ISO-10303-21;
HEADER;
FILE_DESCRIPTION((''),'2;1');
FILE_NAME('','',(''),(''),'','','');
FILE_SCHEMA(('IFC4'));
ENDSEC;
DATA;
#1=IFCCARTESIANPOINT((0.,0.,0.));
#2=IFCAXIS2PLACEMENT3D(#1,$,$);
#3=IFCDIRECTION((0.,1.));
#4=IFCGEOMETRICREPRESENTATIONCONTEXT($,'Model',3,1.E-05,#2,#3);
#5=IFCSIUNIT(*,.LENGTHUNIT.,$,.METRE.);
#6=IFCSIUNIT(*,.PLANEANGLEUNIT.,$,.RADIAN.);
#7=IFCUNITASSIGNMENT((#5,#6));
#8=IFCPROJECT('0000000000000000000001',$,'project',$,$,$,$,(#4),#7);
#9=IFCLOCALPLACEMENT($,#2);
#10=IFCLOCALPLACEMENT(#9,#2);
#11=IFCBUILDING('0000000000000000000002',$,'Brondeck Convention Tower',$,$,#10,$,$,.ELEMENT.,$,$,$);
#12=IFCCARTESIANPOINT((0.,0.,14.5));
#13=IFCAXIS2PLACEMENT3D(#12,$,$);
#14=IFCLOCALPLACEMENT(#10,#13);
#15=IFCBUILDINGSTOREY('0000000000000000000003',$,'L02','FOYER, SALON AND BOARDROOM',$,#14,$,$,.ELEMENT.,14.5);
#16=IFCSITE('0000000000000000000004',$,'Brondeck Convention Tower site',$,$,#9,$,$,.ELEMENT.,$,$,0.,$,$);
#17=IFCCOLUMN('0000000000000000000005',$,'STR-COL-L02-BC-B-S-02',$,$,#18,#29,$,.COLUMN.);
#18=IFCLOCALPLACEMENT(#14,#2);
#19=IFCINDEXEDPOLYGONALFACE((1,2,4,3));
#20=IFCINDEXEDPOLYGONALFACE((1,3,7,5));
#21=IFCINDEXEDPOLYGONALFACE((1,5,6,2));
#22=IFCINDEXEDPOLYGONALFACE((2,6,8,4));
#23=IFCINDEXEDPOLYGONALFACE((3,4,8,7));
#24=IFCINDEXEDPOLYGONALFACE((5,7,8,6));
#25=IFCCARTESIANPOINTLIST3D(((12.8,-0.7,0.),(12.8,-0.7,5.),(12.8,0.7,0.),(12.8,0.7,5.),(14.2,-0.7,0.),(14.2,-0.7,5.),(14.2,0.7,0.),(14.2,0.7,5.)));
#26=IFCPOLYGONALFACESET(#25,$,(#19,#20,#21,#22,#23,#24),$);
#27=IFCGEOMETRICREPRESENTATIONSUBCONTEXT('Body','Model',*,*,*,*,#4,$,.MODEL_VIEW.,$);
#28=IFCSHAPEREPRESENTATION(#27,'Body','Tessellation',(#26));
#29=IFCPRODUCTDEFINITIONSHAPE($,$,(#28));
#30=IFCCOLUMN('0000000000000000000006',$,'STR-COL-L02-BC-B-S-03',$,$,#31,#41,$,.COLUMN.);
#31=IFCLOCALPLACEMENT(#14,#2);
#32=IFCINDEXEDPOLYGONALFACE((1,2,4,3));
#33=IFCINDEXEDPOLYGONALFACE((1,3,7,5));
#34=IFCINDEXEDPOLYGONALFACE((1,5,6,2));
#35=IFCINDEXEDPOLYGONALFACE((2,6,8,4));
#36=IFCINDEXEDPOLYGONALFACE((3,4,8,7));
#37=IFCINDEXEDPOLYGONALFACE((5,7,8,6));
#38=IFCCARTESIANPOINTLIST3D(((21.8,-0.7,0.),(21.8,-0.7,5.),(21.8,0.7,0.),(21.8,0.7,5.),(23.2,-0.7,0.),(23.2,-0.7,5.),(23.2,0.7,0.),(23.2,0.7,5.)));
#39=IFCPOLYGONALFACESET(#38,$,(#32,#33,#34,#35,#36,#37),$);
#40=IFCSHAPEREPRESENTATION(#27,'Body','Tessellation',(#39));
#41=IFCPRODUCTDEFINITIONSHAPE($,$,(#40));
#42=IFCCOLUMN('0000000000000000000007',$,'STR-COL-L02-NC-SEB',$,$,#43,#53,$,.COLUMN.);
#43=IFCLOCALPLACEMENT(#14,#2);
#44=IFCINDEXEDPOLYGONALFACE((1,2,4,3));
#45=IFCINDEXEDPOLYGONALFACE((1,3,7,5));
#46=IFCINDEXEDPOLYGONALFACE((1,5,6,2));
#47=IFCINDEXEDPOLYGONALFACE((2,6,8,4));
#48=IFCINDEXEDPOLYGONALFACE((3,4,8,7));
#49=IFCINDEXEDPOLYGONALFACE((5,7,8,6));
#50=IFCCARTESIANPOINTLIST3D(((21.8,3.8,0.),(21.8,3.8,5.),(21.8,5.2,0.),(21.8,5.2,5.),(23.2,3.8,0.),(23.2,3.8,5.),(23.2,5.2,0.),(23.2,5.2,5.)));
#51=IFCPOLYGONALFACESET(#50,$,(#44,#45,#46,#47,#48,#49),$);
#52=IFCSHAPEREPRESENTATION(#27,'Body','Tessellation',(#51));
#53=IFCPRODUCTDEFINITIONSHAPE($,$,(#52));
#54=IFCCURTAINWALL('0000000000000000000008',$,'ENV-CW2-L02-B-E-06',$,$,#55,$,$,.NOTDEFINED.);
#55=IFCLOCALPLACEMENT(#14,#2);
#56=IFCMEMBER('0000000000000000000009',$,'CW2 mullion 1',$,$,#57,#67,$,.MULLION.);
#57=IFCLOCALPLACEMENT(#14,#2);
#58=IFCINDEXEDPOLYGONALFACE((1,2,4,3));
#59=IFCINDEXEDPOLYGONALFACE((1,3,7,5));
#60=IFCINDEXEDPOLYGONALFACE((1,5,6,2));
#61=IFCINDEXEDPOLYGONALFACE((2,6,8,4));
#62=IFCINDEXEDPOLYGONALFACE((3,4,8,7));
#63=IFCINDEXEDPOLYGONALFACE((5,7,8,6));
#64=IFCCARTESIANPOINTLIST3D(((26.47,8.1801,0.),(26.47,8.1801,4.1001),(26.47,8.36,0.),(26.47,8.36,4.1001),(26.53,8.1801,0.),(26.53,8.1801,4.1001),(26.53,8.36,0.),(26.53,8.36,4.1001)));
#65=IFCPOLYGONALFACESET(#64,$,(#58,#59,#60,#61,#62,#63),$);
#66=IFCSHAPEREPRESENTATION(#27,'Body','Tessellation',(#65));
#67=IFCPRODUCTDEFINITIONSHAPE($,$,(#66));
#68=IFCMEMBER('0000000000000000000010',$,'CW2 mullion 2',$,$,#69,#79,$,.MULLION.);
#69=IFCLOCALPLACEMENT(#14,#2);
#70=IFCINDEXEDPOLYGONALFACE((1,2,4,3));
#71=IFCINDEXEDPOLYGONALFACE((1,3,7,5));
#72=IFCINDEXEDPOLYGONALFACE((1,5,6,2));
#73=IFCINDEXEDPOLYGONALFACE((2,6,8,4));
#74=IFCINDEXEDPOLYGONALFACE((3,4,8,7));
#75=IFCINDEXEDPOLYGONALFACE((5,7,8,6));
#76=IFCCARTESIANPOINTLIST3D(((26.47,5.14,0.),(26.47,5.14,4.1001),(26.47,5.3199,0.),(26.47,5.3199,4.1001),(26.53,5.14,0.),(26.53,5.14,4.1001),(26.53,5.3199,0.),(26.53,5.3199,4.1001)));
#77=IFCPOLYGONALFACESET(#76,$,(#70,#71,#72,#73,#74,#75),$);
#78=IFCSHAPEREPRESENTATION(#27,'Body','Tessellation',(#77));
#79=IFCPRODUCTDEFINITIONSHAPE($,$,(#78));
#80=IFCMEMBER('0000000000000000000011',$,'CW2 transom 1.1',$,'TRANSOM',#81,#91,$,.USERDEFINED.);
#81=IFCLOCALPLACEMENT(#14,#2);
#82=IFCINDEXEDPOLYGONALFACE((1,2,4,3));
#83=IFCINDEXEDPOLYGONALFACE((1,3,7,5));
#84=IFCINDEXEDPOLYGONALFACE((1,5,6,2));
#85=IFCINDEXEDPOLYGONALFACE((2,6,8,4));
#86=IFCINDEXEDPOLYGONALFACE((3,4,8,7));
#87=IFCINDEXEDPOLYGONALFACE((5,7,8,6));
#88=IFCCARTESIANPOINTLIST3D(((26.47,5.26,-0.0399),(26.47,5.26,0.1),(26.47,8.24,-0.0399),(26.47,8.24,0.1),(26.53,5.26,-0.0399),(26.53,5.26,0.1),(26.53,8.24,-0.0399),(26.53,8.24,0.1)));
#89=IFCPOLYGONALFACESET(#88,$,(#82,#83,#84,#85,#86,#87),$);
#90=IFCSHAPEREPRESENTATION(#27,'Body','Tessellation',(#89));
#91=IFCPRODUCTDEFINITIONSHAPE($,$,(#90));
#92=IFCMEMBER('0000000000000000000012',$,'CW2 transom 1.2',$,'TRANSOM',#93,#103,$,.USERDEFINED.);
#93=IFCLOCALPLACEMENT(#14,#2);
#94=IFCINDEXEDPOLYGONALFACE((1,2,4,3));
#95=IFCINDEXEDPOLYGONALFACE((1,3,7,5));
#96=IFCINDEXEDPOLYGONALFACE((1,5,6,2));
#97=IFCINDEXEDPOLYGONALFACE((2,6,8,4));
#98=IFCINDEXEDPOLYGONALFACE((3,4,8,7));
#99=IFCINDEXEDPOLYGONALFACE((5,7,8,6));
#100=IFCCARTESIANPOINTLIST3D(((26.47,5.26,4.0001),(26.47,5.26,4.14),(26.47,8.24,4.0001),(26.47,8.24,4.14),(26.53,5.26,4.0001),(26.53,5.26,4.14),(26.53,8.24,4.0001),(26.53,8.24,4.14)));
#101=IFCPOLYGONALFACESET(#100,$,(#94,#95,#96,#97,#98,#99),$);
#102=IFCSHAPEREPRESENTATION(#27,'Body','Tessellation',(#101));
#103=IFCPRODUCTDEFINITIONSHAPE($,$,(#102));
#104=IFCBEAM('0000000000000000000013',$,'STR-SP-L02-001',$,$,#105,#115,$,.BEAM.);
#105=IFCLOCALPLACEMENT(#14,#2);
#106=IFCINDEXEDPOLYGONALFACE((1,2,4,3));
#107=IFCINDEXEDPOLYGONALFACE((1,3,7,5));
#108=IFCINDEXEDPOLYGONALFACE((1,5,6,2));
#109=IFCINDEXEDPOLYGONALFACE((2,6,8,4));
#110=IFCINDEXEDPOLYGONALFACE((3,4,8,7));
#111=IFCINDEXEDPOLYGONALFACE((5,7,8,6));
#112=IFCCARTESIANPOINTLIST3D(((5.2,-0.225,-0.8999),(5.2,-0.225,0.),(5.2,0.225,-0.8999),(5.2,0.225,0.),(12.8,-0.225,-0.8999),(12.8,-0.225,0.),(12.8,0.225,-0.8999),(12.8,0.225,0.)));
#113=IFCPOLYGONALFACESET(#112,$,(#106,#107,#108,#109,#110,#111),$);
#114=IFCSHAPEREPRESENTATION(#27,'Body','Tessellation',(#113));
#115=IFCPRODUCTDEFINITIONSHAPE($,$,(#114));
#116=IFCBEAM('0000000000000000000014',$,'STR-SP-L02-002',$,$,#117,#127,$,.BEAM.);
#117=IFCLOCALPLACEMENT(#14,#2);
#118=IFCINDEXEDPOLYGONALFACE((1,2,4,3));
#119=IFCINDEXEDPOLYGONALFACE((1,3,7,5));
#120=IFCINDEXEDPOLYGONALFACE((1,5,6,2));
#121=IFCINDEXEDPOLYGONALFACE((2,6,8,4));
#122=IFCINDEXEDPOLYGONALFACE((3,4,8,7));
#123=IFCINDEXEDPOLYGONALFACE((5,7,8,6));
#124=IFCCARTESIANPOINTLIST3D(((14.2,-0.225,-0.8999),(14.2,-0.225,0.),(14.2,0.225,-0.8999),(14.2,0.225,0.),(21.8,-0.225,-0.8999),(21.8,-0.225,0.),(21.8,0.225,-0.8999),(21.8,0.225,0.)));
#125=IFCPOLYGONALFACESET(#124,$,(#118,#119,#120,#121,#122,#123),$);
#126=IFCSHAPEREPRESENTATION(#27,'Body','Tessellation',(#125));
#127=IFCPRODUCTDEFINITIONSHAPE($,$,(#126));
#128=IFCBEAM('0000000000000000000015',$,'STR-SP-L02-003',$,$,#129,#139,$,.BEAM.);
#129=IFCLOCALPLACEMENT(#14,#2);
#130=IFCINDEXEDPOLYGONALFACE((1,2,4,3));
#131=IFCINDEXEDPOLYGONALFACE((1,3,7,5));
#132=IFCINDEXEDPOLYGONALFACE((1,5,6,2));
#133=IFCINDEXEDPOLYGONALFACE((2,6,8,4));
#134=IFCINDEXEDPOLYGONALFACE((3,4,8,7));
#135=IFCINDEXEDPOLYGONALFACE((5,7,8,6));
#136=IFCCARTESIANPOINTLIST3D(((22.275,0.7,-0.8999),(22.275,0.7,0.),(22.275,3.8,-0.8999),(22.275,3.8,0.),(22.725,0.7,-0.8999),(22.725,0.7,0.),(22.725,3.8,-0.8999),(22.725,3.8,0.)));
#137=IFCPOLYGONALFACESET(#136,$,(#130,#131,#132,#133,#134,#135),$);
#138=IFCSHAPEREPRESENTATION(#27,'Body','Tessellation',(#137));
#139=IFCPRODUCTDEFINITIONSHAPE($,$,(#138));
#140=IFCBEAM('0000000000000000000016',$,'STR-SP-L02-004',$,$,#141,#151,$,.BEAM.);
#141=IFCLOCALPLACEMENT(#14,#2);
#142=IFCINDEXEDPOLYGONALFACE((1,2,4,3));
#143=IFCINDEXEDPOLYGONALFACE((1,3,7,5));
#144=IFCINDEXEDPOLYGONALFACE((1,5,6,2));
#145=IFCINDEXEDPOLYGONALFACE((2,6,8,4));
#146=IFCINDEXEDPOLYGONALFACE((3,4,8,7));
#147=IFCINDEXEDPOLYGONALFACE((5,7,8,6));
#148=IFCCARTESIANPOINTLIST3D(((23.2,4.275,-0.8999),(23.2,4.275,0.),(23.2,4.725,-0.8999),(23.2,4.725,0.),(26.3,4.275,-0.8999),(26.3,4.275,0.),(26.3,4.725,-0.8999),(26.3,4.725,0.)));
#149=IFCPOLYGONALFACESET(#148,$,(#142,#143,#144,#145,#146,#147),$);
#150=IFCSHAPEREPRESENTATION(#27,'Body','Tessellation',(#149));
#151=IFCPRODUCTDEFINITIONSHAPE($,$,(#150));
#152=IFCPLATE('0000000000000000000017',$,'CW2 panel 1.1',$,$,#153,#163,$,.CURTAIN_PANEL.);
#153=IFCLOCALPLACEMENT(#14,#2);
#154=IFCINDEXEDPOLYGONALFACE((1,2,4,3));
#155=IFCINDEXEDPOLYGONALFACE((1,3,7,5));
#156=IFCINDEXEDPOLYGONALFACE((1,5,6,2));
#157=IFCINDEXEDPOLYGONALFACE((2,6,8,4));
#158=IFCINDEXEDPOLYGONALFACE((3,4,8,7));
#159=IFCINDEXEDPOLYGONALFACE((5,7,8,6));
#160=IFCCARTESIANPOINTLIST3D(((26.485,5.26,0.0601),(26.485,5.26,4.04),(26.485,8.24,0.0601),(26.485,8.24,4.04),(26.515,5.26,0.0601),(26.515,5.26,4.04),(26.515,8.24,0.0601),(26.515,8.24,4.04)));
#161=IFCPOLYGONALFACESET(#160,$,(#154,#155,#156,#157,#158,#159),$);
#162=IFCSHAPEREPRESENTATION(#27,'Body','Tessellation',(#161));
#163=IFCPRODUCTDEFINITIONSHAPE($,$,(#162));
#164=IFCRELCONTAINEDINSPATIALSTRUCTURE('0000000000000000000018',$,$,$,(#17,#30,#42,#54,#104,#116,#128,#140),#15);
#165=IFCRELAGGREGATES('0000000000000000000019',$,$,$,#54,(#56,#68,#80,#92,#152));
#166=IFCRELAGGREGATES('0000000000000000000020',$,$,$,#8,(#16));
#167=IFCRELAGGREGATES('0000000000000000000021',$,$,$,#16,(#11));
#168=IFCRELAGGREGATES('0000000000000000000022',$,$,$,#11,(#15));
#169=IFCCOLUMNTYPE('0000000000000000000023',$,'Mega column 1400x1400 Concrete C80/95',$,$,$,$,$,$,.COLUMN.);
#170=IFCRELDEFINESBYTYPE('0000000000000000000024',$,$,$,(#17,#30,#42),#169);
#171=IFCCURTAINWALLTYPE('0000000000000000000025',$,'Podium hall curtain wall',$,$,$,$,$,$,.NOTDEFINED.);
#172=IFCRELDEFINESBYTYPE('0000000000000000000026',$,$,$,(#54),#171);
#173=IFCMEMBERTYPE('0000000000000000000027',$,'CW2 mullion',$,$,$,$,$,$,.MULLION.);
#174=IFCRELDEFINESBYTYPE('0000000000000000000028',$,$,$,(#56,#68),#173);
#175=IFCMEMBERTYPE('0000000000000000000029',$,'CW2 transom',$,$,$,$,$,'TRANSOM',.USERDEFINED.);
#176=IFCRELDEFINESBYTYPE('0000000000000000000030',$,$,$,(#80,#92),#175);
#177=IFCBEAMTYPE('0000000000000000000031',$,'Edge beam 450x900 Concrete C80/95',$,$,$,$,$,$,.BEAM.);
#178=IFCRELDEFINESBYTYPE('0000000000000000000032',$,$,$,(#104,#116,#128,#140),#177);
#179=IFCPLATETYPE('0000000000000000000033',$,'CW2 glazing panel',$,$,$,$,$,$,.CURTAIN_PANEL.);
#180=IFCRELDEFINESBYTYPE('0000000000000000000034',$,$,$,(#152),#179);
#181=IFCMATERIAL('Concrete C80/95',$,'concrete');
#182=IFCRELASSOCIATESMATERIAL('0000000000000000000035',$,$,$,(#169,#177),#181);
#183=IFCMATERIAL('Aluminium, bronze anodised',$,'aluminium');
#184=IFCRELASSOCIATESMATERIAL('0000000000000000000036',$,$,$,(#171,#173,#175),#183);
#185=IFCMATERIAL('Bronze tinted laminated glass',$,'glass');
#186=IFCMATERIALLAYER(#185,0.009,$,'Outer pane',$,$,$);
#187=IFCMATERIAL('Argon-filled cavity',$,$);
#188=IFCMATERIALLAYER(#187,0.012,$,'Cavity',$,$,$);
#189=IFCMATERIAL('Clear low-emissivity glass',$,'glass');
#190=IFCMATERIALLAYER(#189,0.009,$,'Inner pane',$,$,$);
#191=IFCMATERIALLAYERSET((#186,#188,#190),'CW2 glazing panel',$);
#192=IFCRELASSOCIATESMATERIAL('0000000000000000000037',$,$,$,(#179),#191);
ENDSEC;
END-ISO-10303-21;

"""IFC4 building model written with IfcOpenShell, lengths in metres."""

from ifc_helpers import new_model, si_unit, direction, frame, origin, origin_2d, place, context, subcontext, project, spatial, rectangle, extrude, material, layer, layer_set, material_profile, profile_set, type_object, element, aggregate, save


model = new_model("IFC4")

# Units and contexts
model_context = context("Model", 3, precision=1e-05, world=origin(), true_north=direction((0.0, 1.0)))
body_context = subcontext(model_context, "Body", "Model", "MODEL_VIEW")
ifc_project = project(units=[si_unit("LENGTHUNIT", "METRE"), si_unit("PLANEANGLEUNIT", "RADIAN")], contexts=[model_context])

# Site, building, storey
site_placement = place(None, origin())
site = spatial("IfcSite", under=ifc_project, at=site_placement, Name="Brondeck Convention Tower site", CompositionType="ELEMENT", RefElevation=0.0)
building_placement = place(site_placement, origin())
building = spatial("IfcBuilding", under=site, at=building_placement, Name="Brondeck Convention Tower", CompositionType="ELEMENT")
storey_placement = place(building_placement, frame((0.0, 0.0, 14.5)))
storey = spatial("IfcBuildingStorey", under=building, at=storey_placement, Name="L02", Description="FOYER, SALON AND BOARDROOM", CompositionType="ELEMENT", Elevation=14.5)

# Columns
ifc_material_1 = material(Name="Concrete C80/95", Category="concrete")
ifc_material_profile_1 = material_profile(ifc_material_1, rectangle(XDim=1.3999, YDim=1.3999, at=origin_2d()), Name="Mega column 1400x1400 Concrete C80/95")
ifc_profile_set_1 = profile_set([ifc_material_profile_1], Name="Concrete C80/95")
column_type = type_object("IfcColumnType", Name="Mega column 1400x1400 Concrete C80/95", PredefinedType="COLUMN", material=ifc_profile_set_1)
for number, where, z_axis, x_axis, name in (
    (1, (13.5, 0.0, 0.0), (0.0, 0.0, 1.0), (1.0, 0.0, 0.0), "STR-COL-L02-BC-B-S-02"),
    (2, (22.5, 0.0, 0.0), (0.0, 0.0, 1.0), (1.0, 0.0, 0.0), "STR-COL-L02-BC-B-S-03"),
    (3, (22.5, 4.5, 0.0), (0.0, 0.0, 1.0), (1.0, 0.0, 0.0), "STR-COL-L02-NC-SEB"),
):
    element("IfcColumn", number, at=place(storey_placement, frame(where, z_axis=z_axis, x_axis=x_axis)), inside=storey, type_object=column_type, Name=name, PredefinedType="COLUMN", context=body_context, shape_type="SweptSolid", body=[
        extrude(rectangle(XDim=1.3999, YDim=1.3999, at=origin_2d()), origin(), (0.0, 0.0, 1.0), 5.0),
    ])

# Curtain wall, members
ifc_material_2 = material(Name="Aluminium, bronze anodised", Category="aluminium")
curtain_wall_type = type_object("IfcCurtainWallType", Name="Podium hall curtain wall", PredefinedType="NOTDEFINED", material=ifc_material_2)
curtain_wall_placement = place(storey_placement, origin())
curtain_wall = element("IfcCurtainWall", 4, at=curtain_wall_placement, inside=storey, type_object=curtain_wall_type, Name="ENV-CW2-L02-B-E-06", PredefinedType="NOTDEFINED")
ifc_material_profile_2 = material_profile(ifc_material_2, rectangle(XDim=0.0601, YDim=0.1799, at=origin_2d()), Name="CW2 mullion")
ifc_profile_set_2 = profile_set([ifc_material_profile_2], Name="Aluminium, bronze anodised")
member_type_1 = type_object("IfcMemberType", Name="CW2 mullion", PredefinedType="MULLION", material=ifc_profile_set_2)
member_1_placement = place(storey_placement, frame((26.5, 8.27, 0.0), z_axis=(0.0, 0.0, 1.0), x_axis=(1.0, 0.0, 0.0)))
member_1 = element("IfcMember", 5, at=member_1_placement, type_object=member_type_1, Name="CW2 mullion 1", PredefinedType="MULLION", context=body_context, shape_type="SweptSolid", body=[
    extrude(rectangle(XDim=0.0601, YDim=0.1799, at=origin_2d()), origin(), (0.0, 0.0, 1.0), 4.1001),
])
member_2_placement = place(storey_placement, frame((26.5, 5.23, 0.0), z_axis=(0.0, 0.0, 1.0), x_axis=(1.0, 0.0, 0.0)))
member_2 = element("IfcMember", 6, at=member_2_placement, type_object=member_type_1, Name="CW2 mullion 2", PredefinedType="MULLION", context=body_context, shape_type="SweptSolid", body=[
    extrude(rectangle(XDim=0.0601, YDim=0.1799, at=origin_2d()), origin(), (0.0, 0.0, 1.0), 4.1001),
])
ifc_material_profile_3 = material_profile(ifc_material_2, rectangle(XDim=0.0601, YDim=0.1399, at=origin_2d()), Name="CW2 transom")
ifc_profile_set_3 = profile_set([ifc_material_profile_3], Name="Aluminium, bronze anodised")
member_type_2 = type_object("IfcMemberType", Name="CW2 transom", ElementType="TRANSOM", PredefinedType="USERDEFINED", material=ifc_profile_set_3)
member_3_placement = place(storey_placement, frame((26.5, 8.24, 0.03), z_axis=(0.0, -1.0, 0.0), x_axis=(1.0, 0.0, 0.0)))
member_3 = element("IfcMember", 7, at=member_3_placement, type_object=member_type_2, Name="CW2 transom 1.1", ObjectType="TRANSOM", PredefinedType="USERDEFINED", context=body_context, shape_type="SweptSolid", body=[
    extrude(rectangle(XDim=0.0601, YDim=0.1399, at=origin_2d()), origin(), (0.0, 0.0, 1.0), 2.98),
])
member_4_placement = place(storey_placement, frame((26.5, 8.24, 4.0701), z_axis=(0.0, -1.0, 0.0), x_axis=(1.0, 0.0, 0.0)))
member_4 = element("IfcMember", 8, at=member_4_placement, type_object=member_type_2, Name="CW2 transom 1.2", ObjectType="TRANSOM", PredefinedType="USERDEFINED", context=body_context, shape_type="SweptSolid", body=[
    extrude(rectangle(XDim=0.0601, YDim=0.1399, at=origin_2d()), origin(), (0.0, 0.0, 1.0), 2.98),
])

# Beams
ifc_material_profile_4 = material_profile(ifc_material_1, rectangle(XDim=0.45, YDim=0.8999, at=origin_2d()), Name="Edge beam 450x900 Concrete C80/95")
ifc_profile_set_4 = profile_set([ifc_material_profile_4], Name="Concrete C80/95")
beam_type = type_object("IfcBeamType", Name="Edge beam 450x900 Concrete C80/95", PredefinedType="BEAM", material=ifc_profile_set_4)
for number, where, z_axis, x_axis, name in (
    (9, (5.2, 0.0, -0.45), (1.0, 0.0, 0.0), (0.0, 1.0, 0.0), "STR-SP-L02-001"),
    (10, (14.2, 0.0, -0.45), (1.0, 0.0, 0.0), (0.0, 1.0, 0.0), "STR-SP-L02-002"),
):
    element("IfcBeam", number, at=place(storey_placement, frame(where, z_axis=z_axis, x_axis=x_axis)), inside=storey, type_object=beam_type, Name=name, PredefinedType="BEAM", context=body_context, shape_type="SweptSolid", body=[
        extrude(rectangle(XDim=0.45, YDim=0.8999, at=origin_2d()), origin(), (0.0, 0.0, 1.0), 7.6001),
    ])
for number, where, z_axis, x_axis, name in (
    (11, (22.5, 0.7, -0.45), (0.0, 1.0, 0.0), (-1.0, 0.0, 0.0), "STR-SP-L02-003"),
    (12, (23.2, 4.5, -0.45), (1.0, 0.0, 0.0), (0.0, 1.0, 0.0), "STR-SP-L02-004"),
):
    element("IfcBeam", number, at=place(storey_placement, frame(where, z_axis=z_axis, x_axis=x_axis)), inside=storey, type_object=beam_type, Name=name, PredefinedType="BEAM", context=body_context, shape_type="SweptSolid", body=[
        extrude(rectangle(XDim=0.45, YDim=0.8999, at=origin_2d()), origin(), (0.0, 0.0, 1.0), 3.1001),
    ])

# Plate
ifc_material_3 = material(Name="Bronze tinted laminated glass", Category="glass")
ifc_layer_1 = layer(ifc_material_3, 0.009, Name="Outer pane")
ifc_material_4 = material(Name="Argon-filled cavity")
ifc_layer_2 = layer(ifc_material_4, 0.012, Name="Cavity")
ifc_material_5 = material(Name="Clear low-emissivity glass", Category="glass")
ifc_layer_3 = layer(ifc_material_5, 0.009, Name="Inner pane")
ifc_layer_set_1 = layer_set([ifc_layer_1, ifc_layer_2, ifc_layer_3], Name="CW2 glazing panel")
plate_type = type_object("IfcPlateType", Name="CW2 glazing panel", PredefinedType="CURTAIN_PANEL", material=ifc_layer_set_1)
plate_placement = place(storey_placement, frame((26.5, 6.75, 0.0601), z_axis=(0.0, 0.0, 1.0), x_axis=(0.0, -1.0, 0.0)))
plate = element("IfcPlate", 13, at=plate_placement, type_object=plate_type, Name="CW2 panel 1.1", PredefinedType="CURTAIN_PANEL", context=body_context, shape_type="SweptSolid", body=[
    extrude(rectangle(XDim=2.98, YDim=0.03, at=origin_2d()), origin(), (0.0, 0.0, 1.0), 3.98),
])
aggregate(curtain_wall, [member_1, member_2, member_3, member_4, plate])

save(model, "model.ifc")
